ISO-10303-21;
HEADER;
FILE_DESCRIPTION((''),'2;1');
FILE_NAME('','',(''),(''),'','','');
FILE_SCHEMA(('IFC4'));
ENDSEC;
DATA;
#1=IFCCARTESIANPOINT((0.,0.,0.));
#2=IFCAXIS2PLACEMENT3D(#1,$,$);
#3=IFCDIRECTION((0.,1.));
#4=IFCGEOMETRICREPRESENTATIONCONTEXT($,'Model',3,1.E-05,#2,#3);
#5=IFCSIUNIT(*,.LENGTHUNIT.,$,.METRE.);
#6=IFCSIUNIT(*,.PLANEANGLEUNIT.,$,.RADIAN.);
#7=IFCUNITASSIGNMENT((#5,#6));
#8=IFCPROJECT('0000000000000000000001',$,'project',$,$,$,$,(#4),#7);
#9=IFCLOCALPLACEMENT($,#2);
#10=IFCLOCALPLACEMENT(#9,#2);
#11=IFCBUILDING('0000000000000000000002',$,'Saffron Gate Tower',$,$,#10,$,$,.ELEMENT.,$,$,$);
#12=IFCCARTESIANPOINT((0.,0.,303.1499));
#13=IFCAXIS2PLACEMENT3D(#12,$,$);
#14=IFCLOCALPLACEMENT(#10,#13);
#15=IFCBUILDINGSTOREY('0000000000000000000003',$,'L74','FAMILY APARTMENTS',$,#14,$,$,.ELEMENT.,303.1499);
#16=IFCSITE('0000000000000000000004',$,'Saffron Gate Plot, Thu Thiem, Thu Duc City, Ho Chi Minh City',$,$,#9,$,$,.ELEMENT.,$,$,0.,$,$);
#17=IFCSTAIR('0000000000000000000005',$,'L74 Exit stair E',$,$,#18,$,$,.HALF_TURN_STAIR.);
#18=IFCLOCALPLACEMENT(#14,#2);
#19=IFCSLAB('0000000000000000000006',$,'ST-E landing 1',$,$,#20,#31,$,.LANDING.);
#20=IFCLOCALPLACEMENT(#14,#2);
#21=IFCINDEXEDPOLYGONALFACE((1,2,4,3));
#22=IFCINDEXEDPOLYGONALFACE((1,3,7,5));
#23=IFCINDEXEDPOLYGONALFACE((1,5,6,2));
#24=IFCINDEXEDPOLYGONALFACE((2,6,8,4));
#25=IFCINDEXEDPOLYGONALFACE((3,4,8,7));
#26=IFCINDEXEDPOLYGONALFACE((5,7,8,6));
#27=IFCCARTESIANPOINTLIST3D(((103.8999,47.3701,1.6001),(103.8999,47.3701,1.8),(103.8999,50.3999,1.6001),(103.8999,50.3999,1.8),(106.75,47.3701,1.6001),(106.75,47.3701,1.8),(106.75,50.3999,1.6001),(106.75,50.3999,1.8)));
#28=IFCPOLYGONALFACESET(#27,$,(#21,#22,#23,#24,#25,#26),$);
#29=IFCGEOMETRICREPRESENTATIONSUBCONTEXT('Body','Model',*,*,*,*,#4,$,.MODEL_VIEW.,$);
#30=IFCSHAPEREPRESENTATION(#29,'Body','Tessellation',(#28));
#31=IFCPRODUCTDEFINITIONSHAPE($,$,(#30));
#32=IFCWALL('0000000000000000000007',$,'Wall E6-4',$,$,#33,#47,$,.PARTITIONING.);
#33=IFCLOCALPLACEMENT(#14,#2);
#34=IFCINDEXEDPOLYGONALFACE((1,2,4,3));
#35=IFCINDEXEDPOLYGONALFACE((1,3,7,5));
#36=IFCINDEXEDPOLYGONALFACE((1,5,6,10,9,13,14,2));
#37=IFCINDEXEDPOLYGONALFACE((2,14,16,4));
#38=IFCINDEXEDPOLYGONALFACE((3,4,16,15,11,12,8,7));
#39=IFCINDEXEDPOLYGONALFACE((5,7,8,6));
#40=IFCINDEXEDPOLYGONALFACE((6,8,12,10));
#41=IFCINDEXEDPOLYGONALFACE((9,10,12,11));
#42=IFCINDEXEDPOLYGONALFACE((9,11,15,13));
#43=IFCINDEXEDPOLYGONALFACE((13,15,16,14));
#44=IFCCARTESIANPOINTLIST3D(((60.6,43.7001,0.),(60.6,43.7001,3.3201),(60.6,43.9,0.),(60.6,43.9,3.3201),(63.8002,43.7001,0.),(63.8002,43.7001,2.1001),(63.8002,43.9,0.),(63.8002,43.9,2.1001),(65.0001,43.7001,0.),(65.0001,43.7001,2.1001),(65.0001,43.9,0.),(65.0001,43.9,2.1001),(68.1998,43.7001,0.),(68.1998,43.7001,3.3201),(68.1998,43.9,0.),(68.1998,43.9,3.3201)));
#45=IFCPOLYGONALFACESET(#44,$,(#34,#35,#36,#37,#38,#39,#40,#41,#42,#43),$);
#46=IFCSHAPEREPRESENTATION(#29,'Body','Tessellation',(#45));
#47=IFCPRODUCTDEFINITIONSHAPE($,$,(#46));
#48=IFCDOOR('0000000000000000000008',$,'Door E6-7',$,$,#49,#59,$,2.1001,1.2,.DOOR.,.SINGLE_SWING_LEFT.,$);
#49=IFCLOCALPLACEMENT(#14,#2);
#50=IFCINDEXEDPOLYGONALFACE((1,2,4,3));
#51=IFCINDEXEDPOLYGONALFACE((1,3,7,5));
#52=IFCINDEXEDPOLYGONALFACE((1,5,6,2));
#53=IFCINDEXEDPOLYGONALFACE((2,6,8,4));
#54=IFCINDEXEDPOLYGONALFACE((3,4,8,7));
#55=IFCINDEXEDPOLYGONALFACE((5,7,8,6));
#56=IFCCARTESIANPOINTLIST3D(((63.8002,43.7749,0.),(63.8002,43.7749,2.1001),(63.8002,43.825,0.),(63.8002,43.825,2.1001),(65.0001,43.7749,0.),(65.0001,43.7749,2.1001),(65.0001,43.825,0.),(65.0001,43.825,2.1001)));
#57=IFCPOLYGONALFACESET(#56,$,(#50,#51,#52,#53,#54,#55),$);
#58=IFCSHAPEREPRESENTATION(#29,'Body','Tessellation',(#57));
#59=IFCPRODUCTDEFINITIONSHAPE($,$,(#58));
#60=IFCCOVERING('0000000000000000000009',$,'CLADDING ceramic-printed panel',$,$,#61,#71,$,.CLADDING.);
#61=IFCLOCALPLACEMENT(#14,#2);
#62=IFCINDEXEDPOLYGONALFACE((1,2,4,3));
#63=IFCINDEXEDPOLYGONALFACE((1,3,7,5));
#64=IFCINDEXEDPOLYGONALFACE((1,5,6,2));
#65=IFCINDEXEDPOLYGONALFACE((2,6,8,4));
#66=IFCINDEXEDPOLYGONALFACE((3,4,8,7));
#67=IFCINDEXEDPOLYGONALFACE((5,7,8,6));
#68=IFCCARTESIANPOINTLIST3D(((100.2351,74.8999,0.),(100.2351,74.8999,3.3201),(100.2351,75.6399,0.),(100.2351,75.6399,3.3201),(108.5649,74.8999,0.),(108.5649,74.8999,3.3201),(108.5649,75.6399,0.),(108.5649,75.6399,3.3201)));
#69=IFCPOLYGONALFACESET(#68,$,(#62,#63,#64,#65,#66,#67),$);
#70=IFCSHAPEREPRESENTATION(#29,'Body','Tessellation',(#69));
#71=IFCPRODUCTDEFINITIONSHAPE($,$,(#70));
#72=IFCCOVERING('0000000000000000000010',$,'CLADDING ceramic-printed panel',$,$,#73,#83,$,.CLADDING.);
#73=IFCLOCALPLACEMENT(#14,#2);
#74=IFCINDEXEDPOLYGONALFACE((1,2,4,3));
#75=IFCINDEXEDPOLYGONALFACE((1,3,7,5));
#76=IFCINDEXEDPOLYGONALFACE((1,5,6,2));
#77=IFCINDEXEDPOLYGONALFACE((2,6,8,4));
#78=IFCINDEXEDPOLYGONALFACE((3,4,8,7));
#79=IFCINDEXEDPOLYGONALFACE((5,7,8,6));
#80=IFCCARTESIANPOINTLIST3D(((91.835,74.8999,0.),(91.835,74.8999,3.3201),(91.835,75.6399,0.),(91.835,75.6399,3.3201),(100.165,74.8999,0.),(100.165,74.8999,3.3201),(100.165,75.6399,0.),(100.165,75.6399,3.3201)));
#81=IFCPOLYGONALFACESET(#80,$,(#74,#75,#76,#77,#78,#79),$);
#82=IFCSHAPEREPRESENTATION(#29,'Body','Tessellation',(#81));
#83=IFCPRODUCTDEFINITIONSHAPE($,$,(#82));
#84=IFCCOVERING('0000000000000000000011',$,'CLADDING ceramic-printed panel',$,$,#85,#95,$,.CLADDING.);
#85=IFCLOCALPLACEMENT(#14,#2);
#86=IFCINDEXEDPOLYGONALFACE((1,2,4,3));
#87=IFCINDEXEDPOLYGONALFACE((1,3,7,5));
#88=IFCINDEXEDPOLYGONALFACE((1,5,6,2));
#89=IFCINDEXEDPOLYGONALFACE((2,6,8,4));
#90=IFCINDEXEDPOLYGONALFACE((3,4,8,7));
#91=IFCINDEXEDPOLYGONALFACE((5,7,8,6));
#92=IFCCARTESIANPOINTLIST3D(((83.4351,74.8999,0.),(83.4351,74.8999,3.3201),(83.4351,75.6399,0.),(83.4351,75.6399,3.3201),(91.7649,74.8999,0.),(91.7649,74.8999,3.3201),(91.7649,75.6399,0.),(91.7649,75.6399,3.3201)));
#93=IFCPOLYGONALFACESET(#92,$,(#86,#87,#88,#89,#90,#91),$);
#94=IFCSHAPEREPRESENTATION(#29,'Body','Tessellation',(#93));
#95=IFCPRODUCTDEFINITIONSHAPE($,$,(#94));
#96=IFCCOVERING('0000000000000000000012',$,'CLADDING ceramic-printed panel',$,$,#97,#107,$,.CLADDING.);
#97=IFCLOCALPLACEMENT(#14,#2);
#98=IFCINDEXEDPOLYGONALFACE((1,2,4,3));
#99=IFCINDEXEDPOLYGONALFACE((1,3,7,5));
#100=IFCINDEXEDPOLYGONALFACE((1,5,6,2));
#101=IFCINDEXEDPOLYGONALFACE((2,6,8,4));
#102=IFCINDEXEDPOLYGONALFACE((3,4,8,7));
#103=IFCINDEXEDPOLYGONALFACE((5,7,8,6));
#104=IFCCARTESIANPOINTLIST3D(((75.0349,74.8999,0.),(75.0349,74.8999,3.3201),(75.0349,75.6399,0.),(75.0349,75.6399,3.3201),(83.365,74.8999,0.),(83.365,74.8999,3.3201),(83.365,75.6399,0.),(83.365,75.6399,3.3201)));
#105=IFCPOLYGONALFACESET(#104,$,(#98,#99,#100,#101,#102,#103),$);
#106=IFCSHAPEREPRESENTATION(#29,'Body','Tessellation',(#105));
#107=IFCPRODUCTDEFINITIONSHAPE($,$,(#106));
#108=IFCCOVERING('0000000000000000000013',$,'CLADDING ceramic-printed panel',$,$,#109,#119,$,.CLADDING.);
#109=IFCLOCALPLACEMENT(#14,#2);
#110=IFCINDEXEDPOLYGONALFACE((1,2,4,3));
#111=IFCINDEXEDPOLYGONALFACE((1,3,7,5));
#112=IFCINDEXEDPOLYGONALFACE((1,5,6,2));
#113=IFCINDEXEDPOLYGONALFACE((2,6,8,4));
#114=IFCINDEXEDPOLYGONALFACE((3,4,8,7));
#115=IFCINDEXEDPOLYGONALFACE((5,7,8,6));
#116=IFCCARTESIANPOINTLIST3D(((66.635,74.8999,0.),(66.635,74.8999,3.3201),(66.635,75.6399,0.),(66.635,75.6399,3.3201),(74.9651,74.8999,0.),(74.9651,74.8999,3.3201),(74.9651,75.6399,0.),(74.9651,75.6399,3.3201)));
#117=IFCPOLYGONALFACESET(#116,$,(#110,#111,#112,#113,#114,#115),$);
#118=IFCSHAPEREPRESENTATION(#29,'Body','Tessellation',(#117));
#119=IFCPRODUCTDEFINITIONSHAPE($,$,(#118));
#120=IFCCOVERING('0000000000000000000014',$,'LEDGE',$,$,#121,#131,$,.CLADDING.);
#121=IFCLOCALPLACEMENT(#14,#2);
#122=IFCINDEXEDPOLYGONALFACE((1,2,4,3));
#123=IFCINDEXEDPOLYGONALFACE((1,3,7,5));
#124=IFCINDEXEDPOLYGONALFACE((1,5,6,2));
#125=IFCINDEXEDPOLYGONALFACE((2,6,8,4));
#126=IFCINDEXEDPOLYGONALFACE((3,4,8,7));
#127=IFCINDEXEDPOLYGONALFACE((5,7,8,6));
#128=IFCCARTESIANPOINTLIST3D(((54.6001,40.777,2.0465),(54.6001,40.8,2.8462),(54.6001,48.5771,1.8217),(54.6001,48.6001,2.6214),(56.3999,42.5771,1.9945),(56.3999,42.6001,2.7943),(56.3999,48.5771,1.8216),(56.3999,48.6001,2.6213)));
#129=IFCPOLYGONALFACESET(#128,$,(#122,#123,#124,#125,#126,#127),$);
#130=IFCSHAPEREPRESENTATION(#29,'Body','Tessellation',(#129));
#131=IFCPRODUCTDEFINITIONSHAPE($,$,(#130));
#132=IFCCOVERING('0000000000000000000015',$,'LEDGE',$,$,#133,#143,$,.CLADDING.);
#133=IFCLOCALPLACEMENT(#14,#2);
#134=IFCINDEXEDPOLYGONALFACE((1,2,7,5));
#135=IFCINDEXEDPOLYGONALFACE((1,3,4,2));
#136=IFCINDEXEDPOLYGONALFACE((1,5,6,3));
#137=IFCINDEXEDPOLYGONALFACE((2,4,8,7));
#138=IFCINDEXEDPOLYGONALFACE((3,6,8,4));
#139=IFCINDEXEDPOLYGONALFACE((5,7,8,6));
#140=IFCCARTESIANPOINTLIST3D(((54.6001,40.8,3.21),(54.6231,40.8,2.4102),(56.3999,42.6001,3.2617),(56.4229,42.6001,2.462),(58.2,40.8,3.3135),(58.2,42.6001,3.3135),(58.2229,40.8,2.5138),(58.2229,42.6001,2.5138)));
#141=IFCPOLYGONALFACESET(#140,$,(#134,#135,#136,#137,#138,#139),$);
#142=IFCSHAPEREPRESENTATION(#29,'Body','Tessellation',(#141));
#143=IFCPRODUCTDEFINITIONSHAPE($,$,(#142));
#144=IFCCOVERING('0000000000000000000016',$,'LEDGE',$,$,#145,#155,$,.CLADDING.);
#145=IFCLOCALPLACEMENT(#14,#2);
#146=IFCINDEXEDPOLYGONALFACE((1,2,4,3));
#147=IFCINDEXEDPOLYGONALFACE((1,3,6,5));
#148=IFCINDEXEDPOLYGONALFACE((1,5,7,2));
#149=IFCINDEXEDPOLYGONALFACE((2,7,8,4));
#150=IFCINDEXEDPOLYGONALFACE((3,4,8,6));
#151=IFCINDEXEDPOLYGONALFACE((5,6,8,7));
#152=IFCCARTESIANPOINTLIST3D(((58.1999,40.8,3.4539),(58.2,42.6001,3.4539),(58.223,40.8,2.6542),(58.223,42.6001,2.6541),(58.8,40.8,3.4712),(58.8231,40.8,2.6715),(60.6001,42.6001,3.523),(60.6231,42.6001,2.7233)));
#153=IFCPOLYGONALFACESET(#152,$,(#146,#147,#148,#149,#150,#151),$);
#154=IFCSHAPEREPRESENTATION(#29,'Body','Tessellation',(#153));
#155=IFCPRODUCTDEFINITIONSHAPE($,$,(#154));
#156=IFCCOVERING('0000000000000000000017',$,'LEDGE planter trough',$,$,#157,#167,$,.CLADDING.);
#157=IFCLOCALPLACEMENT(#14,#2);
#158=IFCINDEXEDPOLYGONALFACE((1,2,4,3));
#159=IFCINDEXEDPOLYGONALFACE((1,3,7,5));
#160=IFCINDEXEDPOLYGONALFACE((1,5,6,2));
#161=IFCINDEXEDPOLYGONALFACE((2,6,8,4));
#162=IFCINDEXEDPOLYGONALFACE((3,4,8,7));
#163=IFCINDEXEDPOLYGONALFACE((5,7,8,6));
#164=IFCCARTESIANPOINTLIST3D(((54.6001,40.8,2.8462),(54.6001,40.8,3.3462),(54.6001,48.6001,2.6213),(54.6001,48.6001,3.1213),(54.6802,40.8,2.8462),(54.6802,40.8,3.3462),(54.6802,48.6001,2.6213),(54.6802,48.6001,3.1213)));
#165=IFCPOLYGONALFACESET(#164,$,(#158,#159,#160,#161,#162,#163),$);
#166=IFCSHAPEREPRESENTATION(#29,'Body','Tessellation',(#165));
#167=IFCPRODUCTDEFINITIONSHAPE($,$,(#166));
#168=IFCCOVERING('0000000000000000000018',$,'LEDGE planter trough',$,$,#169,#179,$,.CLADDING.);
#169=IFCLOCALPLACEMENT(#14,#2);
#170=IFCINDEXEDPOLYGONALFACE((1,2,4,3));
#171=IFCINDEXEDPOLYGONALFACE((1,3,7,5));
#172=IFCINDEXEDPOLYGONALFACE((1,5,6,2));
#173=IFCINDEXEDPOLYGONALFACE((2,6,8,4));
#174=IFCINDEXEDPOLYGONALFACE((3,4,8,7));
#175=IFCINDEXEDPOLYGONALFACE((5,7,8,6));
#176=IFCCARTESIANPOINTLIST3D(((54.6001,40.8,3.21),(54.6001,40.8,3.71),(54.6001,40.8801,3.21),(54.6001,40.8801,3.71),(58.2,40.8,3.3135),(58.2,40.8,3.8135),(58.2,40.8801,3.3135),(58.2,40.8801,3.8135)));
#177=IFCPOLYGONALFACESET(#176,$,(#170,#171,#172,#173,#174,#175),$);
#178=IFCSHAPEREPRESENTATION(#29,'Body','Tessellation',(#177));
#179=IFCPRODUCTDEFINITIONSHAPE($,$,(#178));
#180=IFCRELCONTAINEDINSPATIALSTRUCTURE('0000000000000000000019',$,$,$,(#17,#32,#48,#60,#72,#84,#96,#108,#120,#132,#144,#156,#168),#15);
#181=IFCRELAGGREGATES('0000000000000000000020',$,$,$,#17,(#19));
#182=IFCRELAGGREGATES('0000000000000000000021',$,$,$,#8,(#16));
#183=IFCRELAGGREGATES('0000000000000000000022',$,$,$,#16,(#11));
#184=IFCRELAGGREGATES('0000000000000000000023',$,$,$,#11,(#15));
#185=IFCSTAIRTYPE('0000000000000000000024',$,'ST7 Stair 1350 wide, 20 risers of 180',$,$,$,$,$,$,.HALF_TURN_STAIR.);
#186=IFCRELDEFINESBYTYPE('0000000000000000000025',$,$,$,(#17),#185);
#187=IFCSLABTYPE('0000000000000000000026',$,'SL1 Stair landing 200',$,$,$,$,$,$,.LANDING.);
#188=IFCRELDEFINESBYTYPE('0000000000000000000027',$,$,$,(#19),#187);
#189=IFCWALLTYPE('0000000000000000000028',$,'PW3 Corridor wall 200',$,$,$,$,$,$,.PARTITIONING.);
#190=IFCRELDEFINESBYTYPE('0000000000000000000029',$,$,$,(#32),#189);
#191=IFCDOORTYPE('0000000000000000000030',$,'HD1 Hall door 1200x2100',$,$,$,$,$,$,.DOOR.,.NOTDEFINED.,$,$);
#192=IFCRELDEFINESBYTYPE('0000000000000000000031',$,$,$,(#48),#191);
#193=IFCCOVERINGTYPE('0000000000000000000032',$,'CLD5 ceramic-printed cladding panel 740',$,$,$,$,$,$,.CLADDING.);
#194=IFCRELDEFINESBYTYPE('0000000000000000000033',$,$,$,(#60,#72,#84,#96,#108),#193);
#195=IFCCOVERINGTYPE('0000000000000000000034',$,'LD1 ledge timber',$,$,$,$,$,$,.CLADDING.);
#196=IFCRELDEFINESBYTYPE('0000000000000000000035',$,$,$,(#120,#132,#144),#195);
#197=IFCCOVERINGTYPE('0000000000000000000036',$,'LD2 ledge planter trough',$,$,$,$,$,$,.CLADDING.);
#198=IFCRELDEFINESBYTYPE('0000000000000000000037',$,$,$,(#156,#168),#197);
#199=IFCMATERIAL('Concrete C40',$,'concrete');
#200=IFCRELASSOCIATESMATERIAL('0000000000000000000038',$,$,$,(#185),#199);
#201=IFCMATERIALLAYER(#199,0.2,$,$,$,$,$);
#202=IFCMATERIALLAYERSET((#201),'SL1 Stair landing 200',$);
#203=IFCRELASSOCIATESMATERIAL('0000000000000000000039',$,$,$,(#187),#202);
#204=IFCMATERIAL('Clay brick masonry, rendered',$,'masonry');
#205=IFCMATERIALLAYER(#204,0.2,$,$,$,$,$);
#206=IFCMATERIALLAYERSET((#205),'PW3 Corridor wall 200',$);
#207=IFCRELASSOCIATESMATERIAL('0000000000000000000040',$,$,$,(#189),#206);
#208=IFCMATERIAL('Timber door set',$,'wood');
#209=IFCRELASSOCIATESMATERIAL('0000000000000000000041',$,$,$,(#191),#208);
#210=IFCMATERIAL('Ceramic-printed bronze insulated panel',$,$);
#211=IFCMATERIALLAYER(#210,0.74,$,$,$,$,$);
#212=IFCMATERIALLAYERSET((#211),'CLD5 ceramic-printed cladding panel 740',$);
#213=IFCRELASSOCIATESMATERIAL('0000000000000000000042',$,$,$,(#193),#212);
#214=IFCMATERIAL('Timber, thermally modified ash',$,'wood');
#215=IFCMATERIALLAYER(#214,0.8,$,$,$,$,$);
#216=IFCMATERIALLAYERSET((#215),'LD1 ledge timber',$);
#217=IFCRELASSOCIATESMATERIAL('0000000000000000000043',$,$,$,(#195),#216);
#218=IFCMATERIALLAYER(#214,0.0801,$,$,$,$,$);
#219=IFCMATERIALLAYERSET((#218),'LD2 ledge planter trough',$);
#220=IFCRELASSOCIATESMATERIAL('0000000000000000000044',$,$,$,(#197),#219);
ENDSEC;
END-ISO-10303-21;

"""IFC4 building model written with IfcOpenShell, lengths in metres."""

from ifc_helpers import new_model, si_unit, direction, frame, frame_2d, origin, place, context, subcontext, project, spatial, polyline, rectangle, outline, extrude, material, layer, layer_set, type_object, element, fill, aggregate, save


model = new_model("IFC4")

# Units and contexts
model_context = context("Model", 3, precision=1e-05, world=origin(), true_north=direction((0.0, 1.0)))
body_context = subcontext(model_context, "Body", "Model", "MODEL_VIEW")
ifc_project = project(units=[si_unit("LENGTHUNIT", "METRE"), si_unit("PLANEANGLEUNIT", "RADIAN")], contexts=[model_context])

# Site, building, storey
site_placement = place(None, origin())
site = spatial("IfcSite", under=ifc_project, at=site_placement, Name="Saffron Gate Plot, Thu Thiem, Thu Duc City, Ho Chi Minh City", CompositionType="ELEMENT", RefElevation=0.0)
building_placement = place(site_placement, origin())
building = spatial("IfcBuilding", under=site, at=building_placement, Name="Saffron Gate Tower", CompositionType="ELEMENT")
storey_placement = place(building_placement, frame((0.0, 0.0, 303.1499)))
storey = spatial("IfcBuildingStorey", under=building, at=storey_placement, Name="L74", Description="FAMILY APARTMENTS", CompositionType="ELEMENT", Elevation=303.1499)

# Shared definitions
ifc_material_1 = material(Name="Concrete C40", Category="concrete")

# Stair, slab
stair_type = type_object("IfcStairType", Name="ST7 Stair 1350 wide, 20 risers of 180", PredefinedType="HALF_TURN_STAIR", material=ifc_material_1)
ifc_layer_1 = layer(ifc_material_1, 0.2)
ifc_layer_set_1 = layer_set([ifc_layer_1], Name="SL1 Stair landing 200")
slab_type_1 = type_object("IfcSlabType", Name="SL1 Stair landing 200", PredefinedType="LANDING", material=ifc_layer_set_1)
stair_1_placement = place(storey_placement, origin())
stair_1 = element("IfcStair", 1, at=stair_1_placement, inside=storey, type_object=stair_type, Name="L74 Exit stair E", PredefinedType="HALF_TURN_STAIR")
slab_1_placement = place(storey_placement, frame((0.0, 0.0, 1.6001)))
slab_1 = element("IfcSlab", 2, at=slab_1_placement, type_object=slab_type_1, Name="ST-E landing 1", PredefinedType="LANDING", context=body_context, shape_type="SweptSolid", body=[
    extrude(outline(polyline([(106.75, 47.3701), (106.75, 50.3999), (103.8999, 50.3999), (103.8999, 47.3701), (106.75, 47.3701)])), origin(), (0.0, 0.0, 1.0), 0.2),
])
aggregate(stair_1, [slab_1])

# Wall, opening, door
ifc_material_2 = material(Name="Clay brick masonry, rendered", Category="masonry")
ifc_layer_2 = layer(ifc_material_2, 0.2)
ifc_layer_set_2 = layer_set([ifc_layer_2], Name="PW3 Corridor wall 200")
wall_type = type_object("IfcWallType", Name="PW3 Corridor wall 200", PredefinedType="PARTITIONING", material=ifc_layer_set_2)
wall_placement = place(storey_placement, frame((60.6001, 43.8, 0.0), z_axis=(0.0, 0.0, 1.0), x_axis=(1.0, 0.0, 0.0)))
wall = element("IfcWall", 3, at=wall_placement, inside=storey, type_object=wall_type, Name="Wall E6-4", PredefinedType="PARTITIONING", context=body_context, shape_type="SweptSolid", body=[
    extrude(rectangle(XDim=7.5999, YDim=0.2, at=frame_2d((3.7998, 0.0))), origin(), (0.0, 0.0, 1.0), 3.3201),
])
opening_placement = place(wall_placement, frame((3.2, 0.0, 0.0)))
opening = element("IfcOpeningElement", 4, at=opening_placement, cuts=wall, PredefinedType="OPENING", context=body_context, shape_type="SweptSolid", body=[
    extrude(rectangle(XDim=1.2, YDim=2.1001, at=frame_2d((0.6001, 1.05))), frame((0.0, 0.1099, 0.0), z_axis=(0.0, -1.0, 0.0), x_axis=(1.0, 0.0, 0.0)), (0.0, 0.0, 1.0), 0.22),
])
ifc_material_3 = material(Name="Timber door set", Category="wood")
door_type = type_object("IfcDoorType", Name="HD1 Hall door 1200x2100", OperationType="NOTDEFINED", PredefinedType="DOOR", material=ifc_material_3)
door_placement = place(opening_placement, origin())
door = element("IfcDoor", 5, at=door_placement, inside=storey, type_object=door_type, Name="Door E6-7", OperationType="SINGLE_SWING_LEFT", OverallHeight=2.1001, OverallWidth=1.2, PredefinedType="DOOR", context=body_context, shape_type="SweptSolid", body=[
    extrude(rectangle(XDim=1.2, YDim=2.1001, at=frame_2d((0.6001, 1.05))), frame((0.0, 0.0249, 0.0), z_axis=(0.0, -1.0, 0.0), x_axis=(1.0, 0.0, 0.0)), (0.0, 0.0, 1.0), 0.05),
])
fill(opening, door)

# Coverings
ifc_material_4 = material(Name="Ceramic-printed bronze insulated panel")
ifc_layer_3 = layer(ifc_material_4, 0.74)
ifc_layer_set_3 = layer_set([ifc_layer_3], Name="CLD5 ceramic-printed cladding panel 740")
covering_type_1 = type_object("IfcCoveringType", Name="CLD5 ceramic-printed cladding panel 740", PredefinedType="CLADDING", material=ifc_layer_set_3)
covering_1_placement = place(storey_placement, origin())
element("IfcCovering", 6, at=covering_1_placement, inside=storey, type_object=covering_type_1, Name="CLADDING ceramic-printed panel", PredefinedType="CLADDING", context=body_context, shape_type="SweptSolid", body=[
    extrude(outline(polyline([(108.5649, 75.6399), (100.2351, 75.6399), (100.2351, 74.8999), (108.5649, 74.8999), (108.5649, 75.6399)])), origin(), (0.0, 0.0, 1.0), 3.3201),
])
covering_2_placement = place(storey_placement, origin())
element("IfcCovering", 7, at=covering_2_placement, inside=storey, type_object=covering_type_1, Name="CLADDING ceramic-printed panel", PredefinedType="CLADDING", context=body_context, shape_type="SweptSolid", body=[
    extrude(outline(polyline([(100.165, 75.6399), (91.835, 75.6399), (91.835, 74.8999), (100.165, 74.8999), (100.165, 75.6399)])), origin(), (0.0, 0.0, 1.0), 3.3201),
])
covering_3_placement = place(storey_placement, origin())
element("IfcCovering", 8, at=covering_3_placement, inside=storey, type_object=covering_type_1, Name="CLADDING ceramic-printed panel", PredefinedType="CLADDING", context=body_context, shape_type="SweptSolid", body=[
    extrude(outline(polyline([(91.7649, 75.6399), (83.4351, 75.6399), (83.4351, 74.8999), (91.7649, 74.8999), (91.7649, 75.6399)])), origin(), (0.0, 0.0, 1.0), 3.3201),
])
covering_4_placement = place(storey_placement, origin())
element("IfcCovering", 9, at=covering_4_placement, inside=storey, type_object=covering_type_1, Name="CLADDING ceramic-printed panel", PredefinedType="CLADDING", context=body_context, shape_type="SweptSolid", body=[
    extrude(outline(polyline([(83.365, 75.6399), (75.0349, 75.6399), (75.0349, 74.8999), (83.365, 74.8999), (83.365, 75.6399)])), origin(), (0.0, 0.0, 1.0), 3.3201),
])
covering_5_placement = place(storey_placement, origin())
element("IfcCovering", 10, at=covering_5_placement, inside=storey, type_object=covering_type_1, Name="CLADDING ceramic-printed panel", PredefinedType="CLADDING", context=body_context, shape_type="SweptSolid", body=[
    extrude(outline(polyline([(74.9651, 75.6399), (66.635, 75.6399), (66.635, 74.8999), (74.9651, 74.8999), (74.9651, 75.6399)])), origin(), (0.0, 0.0, 1.0), 3.3201),
])
ifc_material_5 = material(Name="Timber, thermally modified ash", Category="wood")
ifc_layer_4 = layer(ifc_material_5, 0.8)
ifc_layer_set_4 = layer_set([ifc_layer_4], Name="LD1 ledge timber")
covering_type_2 = type_object("IfcCoveringType", Name="LD1 ledge timber", PredefinedType="CLADDING", material=ifc_layer_set_4)
covering_6_placement = place(storey_placement, frame((56.3999, 48.6001, 2.6213), z_axis=(0.000035, 0.028807, 0.999585), x_axis=(0.0, -0.999585, 0.028807)))
element("IfcCovering", 11, at=covering_6_placement, inside=storey, type_object=covering_type_2, Name="LEDGE", PredefinedType="CLADDING", context=body_context, shape_type="SweptSolid", body=[
    extrude(outline(polyline([(0.0, 0.0), (6.0025, 0.0), (7.8033, -1.7998), (0.0, -1.7998), (0.0, 0.0)])), origin(), (0.0, 0.0, -1.0), 0.8),
])
covering_7_placement = place(storey_placement, frame((56.3999, 42.6001, 3.2617), z_axis=(-0.028743, -0.000001, 0.999587), x_axis=(0.999587, 0.0, 0.028743)))
element("IfcCovering", 12, at=covering_7_placement, inside=storey, type_object=covering_type_2, Name="LEDGE", PredefinedType="CLADDING", context=body_context, shape_type="SweptSolid", body=[
    extrude(outline(polyline([(0.0, 0.0), (1.8008, 0.0), (1.8008, -1.8), (-1.8005, -1.8), (0.0, 0.0)])), origin(), (0.0, 0.0, -1.0), 0.8),
])
covering_8_placement = place(storey_placement, frame((58.2, 42.6001, 3.4539), z_axis=(-0.028794, 0.000026, 0.999585), x_axis=(0.999585, 0.0, 0.028794)))
element("IfcCovering", 13, at=covering_8_placement, inside=storey, type_object=covering_type_2, Name="LEDGE", PredefinedType="CLADDING", context=body_context, shape_type="SweptSolid", body=[
    extrude(outline(polyline([(0.0, 0.0), (2.4011, 0.0), (0.6003, -1.8), (0.0, -1.8), (0.0, 0.0)])), origin(), (0.0, 0.0, -1.0), 0.8),
])
ifc_layer_5 = layer(ifc_material_5, 0.0801)
ifc_layer_set_5 = layer_set([ifc_layer_5], Name="LD2 ledge planter trough")
covering_type_3 = type_object("IfcCoveringType", Name="LD2 ledge planter trough", PredefinedType="CLADDING", material=ifc_layer_set_5)
covering_9_placement = place(storey_placement, frame((54.6001, 48.6001, 2.6213), z_axis=(-1.0, 0.0, 0.0), x_axis=(0.0, -0.999585, 0.028815)))
element("IfcCovering", 14, at=covering_9_placement, inside=storey, type_object=covering_type_3, Name="LEDGE planter trough", PredefinedType="CLADDING", context=body_context, shape_type="SweptSolid", body=[
    extrude(outline(polyline([(0.0, 0.0), (7.8033, 0.0), (7.8177, 0.4998), (0.0144, 0.4998), (0.0, 0.0)])), origin(), (0.0, 0.0, -1.0), 0.0801),
])
covering_10_placement = place(storey_placement, frame((54.6001, 40.8, 3.21), z_axis=(0.0, -1.0, 0.0), x_axis=(0.999587, 0.0, 0.028744)))
element("IfcCovering", 15, at=covering_10_placement, inside=storey, type_object=covering_type_3, Name="LEDGE planter trough", PredefinedType="CLADDING", context=body_context, shape_type="SweptSolid", body=[
    extrude(outline(polyline([(0.0, 0.0), (3.6013, 0.0), (3.6157, 0.4998), (0.0144, 0.4998), (0.0, 0.0)])), origin(), (0.0, 0.0, -1.0), 0.0801),
])

save(model, "model.ifc")
